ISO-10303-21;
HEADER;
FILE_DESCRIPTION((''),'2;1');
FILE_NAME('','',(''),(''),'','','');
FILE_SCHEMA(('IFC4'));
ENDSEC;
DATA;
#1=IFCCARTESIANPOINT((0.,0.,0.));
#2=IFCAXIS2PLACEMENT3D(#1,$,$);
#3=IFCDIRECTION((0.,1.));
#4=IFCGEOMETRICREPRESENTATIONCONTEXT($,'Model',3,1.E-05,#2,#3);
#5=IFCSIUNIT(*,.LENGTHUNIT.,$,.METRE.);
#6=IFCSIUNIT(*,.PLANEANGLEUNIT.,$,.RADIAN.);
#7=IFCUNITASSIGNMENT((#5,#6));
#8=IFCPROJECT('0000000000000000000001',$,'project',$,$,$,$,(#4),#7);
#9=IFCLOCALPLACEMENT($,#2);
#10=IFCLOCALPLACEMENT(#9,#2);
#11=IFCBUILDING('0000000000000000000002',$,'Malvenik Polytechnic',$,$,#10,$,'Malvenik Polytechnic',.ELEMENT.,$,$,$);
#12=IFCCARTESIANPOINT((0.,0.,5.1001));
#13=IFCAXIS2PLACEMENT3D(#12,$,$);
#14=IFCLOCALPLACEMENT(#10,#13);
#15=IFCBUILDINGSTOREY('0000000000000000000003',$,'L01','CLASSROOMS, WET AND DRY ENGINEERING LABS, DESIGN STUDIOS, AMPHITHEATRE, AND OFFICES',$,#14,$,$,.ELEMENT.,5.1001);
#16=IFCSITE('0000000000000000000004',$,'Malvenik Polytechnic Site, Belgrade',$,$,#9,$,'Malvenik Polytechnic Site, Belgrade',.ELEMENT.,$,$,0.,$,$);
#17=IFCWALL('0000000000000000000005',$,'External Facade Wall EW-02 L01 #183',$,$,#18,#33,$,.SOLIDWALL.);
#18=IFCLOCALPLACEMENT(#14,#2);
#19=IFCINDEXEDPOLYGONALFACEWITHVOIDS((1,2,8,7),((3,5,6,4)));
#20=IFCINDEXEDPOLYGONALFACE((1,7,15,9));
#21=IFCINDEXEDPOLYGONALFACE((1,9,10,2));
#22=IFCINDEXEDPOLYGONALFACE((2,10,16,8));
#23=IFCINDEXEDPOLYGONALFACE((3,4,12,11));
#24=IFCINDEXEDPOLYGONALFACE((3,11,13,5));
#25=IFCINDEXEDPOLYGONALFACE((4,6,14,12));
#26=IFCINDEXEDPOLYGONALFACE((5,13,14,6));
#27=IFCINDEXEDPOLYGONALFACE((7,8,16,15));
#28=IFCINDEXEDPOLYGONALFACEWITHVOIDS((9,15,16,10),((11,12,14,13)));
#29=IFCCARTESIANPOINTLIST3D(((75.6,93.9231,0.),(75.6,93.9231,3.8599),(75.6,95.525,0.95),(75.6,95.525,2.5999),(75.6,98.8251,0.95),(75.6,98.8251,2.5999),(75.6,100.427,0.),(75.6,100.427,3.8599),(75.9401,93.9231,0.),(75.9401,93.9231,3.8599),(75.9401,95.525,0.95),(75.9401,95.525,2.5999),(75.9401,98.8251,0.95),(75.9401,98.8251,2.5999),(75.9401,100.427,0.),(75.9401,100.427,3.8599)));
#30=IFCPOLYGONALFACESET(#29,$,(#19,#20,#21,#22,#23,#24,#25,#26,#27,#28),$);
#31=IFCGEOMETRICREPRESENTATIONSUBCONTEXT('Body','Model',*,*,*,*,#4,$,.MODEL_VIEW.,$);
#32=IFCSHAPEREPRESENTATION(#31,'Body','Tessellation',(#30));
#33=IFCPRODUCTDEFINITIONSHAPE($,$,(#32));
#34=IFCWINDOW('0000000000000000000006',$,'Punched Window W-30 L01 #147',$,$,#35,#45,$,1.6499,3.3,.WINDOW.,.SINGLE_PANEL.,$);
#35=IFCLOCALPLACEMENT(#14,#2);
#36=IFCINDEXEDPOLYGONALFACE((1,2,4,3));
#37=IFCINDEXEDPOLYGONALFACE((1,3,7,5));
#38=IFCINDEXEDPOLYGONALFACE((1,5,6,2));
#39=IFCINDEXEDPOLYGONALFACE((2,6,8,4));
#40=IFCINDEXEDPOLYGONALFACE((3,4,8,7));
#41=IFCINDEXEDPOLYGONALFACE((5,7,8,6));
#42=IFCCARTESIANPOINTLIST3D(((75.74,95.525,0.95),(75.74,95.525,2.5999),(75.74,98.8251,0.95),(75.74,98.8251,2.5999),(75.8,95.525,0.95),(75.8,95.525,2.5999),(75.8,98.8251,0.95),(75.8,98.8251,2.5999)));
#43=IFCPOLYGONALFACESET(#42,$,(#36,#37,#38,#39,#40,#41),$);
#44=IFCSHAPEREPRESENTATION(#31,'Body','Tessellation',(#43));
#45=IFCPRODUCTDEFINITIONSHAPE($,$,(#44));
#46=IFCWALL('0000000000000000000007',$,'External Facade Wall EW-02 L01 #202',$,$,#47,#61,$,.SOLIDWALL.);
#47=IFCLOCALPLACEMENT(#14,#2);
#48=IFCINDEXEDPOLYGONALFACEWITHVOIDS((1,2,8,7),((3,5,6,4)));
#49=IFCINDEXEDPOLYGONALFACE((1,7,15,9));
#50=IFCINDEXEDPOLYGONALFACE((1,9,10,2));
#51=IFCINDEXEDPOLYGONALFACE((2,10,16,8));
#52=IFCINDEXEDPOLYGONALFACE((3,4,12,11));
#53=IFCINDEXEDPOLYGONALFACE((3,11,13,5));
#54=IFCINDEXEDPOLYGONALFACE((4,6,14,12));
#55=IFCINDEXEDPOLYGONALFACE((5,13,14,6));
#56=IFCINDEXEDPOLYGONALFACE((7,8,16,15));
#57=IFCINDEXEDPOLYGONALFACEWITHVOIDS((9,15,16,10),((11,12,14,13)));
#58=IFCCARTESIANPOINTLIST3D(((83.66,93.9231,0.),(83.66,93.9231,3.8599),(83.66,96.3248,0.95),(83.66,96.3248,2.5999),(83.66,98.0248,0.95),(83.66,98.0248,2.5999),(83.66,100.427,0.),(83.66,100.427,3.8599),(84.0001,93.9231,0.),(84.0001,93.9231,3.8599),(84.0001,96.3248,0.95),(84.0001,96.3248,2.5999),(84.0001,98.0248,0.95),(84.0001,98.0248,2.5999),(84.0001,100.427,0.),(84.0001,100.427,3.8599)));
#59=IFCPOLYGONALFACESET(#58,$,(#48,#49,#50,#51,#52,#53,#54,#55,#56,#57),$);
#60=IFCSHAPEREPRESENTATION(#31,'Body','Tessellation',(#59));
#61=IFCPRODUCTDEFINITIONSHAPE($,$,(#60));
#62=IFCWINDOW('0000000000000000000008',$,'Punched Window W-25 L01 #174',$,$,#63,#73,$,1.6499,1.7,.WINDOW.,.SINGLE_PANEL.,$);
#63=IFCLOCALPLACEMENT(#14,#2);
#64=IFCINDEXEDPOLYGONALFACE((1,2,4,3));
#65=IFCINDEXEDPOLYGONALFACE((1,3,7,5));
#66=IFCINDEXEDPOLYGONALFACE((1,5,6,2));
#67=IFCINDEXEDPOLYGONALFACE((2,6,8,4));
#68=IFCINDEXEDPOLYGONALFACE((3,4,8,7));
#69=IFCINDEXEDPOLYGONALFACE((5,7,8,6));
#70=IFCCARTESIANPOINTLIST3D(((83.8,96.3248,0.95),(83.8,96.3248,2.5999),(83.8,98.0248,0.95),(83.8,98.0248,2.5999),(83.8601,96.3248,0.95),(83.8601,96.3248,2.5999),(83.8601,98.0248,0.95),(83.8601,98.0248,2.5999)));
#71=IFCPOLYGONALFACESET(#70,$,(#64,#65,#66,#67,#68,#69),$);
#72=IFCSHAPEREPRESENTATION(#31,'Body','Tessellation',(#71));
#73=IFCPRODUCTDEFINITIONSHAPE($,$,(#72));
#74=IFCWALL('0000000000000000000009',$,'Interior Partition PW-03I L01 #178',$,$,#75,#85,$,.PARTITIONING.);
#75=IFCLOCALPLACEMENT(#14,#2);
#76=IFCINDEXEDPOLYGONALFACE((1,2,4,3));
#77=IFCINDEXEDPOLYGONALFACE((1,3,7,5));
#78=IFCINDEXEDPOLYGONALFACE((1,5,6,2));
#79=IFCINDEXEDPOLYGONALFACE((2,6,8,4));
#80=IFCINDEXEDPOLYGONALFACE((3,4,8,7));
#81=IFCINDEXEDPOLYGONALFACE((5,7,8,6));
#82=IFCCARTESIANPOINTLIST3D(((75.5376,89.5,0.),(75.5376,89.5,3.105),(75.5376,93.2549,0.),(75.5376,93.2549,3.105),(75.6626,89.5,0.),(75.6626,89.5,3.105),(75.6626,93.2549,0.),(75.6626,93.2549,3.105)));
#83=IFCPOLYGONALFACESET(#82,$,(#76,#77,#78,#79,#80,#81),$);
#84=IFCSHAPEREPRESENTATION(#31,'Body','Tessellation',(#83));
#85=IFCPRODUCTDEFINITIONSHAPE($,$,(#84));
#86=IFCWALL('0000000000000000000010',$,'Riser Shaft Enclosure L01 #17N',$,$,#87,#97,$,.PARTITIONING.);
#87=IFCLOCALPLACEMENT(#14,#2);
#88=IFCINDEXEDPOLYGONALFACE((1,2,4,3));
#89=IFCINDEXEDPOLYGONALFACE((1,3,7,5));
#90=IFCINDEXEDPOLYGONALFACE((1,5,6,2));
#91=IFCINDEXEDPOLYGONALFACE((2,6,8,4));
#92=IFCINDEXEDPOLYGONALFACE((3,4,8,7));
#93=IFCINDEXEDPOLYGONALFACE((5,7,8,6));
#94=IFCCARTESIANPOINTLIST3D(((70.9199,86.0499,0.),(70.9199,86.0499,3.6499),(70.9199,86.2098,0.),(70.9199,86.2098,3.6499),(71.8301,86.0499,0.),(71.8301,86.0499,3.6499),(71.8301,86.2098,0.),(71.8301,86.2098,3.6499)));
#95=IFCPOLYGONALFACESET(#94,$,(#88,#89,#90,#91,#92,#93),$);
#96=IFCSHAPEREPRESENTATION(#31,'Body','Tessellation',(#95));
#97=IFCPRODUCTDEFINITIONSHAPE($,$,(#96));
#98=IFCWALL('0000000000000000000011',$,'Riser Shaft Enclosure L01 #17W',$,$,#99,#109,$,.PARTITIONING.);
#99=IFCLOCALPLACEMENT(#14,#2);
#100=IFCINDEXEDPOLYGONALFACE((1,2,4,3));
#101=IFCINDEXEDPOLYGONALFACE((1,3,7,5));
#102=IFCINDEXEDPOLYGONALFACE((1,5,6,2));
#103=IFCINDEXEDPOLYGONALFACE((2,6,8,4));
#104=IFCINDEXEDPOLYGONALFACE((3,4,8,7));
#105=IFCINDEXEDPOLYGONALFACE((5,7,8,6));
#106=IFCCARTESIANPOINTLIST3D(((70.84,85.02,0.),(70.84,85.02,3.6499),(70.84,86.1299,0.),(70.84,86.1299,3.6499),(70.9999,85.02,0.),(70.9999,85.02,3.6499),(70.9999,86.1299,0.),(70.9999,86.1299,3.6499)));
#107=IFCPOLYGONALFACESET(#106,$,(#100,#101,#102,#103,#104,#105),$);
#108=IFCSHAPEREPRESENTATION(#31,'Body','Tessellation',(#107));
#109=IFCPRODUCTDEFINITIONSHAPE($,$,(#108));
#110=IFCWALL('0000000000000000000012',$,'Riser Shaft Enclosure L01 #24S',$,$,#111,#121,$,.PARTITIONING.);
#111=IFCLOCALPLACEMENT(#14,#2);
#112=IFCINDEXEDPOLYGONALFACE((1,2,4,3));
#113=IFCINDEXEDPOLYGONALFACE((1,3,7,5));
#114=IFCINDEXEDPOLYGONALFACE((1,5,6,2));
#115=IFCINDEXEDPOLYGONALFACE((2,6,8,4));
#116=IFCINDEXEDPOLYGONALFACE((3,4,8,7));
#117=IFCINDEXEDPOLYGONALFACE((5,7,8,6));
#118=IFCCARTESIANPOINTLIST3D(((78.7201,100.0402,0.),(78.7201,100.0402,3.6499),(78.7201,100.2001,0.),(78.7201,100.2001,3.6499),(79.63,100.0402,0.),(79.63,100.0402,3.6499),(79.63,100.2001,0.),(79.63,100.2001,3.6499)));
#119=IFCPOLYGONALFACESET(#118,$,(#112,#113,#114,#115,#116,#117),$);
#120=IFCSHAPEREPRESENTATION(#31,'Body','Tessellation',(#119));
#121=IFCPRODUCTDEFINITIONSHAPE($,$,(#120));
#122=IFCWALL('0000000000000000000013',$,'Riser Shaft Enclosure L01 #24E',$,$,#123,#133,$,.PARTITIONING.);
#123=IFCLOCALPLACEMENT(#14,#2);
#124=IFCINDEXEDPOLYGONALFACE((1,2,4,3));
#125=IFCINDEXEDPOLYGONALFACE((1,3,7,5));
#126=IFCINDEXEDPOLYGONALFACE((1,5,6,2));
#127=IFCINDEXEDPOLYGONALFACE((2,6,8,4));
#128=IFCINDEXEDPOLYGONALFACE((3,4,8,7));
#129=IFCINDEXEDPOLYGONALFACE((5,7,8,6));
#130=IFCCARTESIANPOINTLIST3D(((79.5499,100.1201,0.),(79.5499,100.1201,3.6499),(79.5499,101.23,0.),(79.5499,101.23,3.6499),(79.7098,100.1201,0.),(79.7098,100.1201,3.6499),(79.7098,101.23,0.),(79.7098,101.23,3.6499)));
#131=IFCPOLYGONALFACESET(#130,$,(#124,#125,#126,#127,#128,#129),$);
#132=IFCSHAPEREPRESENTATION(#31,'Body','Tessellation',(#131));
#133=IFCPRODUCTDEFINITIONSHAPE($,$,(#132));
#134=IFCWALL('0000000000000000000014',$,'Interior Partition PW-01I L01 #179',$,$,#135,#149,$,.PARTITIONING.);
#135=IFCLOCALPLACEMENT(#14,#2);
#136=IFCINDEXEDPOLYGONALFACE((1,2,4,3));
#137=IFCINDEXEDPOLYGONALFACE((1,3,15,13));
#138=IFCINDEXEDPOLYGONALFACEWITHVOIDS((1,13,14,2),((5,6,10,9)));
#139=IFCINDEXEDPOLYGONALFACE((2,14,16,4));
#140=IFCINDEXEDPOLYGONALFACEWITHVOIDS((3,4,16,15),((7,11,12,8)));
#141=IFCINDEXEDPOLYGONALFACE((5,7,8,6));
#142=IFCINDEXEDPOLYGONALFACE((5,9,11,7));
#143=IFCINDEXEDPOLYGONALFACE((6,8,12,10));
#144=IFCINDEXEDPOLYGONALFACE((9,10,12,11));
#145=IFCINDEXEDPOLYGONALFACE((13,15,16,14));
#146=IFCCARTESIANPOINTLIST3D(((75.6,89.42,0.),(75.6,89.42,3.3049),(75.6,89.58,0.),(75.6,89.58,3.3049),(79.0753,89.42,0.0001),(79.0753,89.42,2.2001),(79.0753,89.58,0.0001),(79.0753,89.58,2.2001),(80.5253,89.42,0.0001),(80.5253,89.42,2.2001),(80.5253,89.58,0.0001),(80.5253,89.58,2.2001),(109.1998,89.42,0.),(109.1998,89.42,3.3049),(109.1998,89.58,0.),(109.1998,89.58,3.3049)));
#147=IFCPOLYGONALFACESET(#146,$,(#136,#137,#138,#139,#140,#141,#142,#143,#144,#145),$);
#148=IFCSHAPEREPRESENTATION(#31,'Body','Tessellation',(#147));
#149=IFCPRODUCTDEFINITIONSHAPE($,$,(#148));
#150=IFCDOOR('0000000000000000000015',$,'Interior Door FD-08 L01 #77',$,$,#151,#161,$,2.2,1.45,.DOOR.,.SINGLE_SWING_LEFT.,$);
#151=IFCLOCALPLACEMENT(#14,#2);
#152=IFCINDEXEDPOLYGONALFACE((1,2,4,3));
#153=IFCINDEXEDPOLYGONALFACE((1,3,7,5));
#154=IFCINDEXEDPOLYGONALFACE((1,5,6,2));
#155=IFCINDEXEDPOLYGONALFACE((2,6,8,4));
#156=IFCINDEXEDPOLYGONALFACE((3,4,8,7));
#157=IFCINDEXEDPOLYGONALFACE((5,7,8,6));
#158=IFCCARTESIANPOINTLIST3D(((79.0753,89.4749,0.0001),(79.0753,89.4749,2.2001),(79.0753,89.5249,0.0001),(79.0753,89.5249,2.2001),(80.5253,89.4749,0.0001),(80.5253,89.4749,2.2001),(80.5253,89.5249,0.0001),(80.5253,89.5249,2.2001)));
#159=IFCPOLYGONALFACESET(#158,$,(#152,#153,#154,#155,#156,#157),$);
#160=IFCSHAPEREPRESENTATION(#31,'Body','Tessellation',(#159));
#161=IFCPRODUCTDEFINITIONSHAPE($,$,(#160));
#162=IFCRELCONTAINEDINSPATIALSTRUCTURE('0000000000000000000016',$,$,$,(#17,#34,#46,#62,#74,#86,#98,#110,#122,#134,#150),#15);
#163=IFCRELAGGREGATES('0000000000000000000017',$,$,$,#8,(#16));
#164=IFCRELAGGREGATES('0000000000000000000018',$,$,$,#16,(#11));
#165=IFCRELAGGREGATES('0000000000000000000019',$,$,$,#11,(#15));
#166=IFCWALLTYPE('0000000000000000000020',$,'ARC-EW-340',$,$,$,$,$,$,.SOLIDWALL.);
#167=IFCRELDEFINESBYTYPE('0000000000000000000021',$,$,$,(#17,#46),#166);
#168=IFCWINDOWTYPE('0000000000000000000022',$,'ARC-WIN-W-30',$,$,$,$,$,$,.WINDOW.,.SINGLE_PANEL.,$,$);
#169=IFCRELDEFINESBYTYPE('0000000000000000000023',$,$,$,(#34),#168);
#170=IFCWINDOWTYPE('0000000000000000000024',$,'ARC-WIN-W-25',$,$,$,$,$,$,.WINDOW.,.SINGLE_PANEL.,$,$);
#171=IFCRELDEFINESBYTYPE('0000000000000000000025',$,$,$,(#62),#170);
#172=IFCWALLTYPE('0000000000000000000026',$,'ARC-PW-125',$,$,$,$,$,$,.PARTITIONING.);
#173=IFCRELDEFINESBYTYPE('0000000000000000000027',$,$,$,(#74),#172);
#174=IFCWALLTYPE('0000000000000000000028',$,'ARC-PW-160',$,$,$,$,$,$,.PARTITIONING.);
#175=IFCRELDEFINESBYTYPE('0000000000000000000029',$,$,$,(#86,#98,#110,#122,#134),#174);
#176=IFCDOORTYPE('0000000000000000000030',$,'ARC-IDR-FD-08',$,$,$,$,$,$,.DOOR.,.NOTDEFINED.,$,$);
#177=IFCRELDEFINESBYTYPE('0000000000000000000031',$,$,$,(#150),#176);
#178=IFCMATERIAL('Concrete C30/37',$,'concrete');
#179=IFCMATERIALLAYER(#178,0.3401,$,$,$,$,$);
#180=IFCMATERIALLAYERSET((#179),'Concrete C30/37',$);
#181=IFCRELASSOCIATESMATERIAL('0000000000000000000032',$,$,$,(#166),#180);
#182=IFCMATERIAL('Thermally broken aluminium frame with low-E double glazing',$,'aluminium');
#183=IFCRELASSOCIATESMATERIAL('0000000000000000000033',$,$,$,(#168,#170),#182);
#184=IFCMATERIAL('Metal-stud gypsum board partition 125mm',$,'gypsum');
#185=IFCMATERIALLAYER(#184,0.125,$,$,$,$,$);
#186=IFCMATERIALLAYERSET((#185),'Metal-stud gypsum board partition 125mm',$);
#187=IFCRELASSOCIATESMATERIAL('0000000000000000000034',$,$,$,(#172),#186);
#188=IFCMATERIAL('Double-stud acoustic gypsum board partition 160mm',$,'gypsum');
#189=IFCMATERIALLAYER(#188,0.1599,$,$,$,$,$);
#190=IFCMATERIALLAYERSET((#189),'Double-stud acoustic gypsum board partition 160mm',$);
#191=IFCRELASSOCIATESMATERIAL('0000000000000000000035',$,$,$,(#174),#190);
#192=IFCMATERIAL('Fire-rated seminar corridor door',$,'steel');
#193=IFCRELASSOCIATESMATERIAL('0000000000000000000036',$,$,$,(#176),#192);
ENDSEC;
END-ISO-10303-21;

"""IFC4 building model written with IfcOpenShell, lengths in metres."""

from ifc_helpers import new_model, si_unit, direction, frame, frame_2d, origin, place, context, subcontext, project, spatial, rectangle, extrude, material, layer, layer_set, type_object, element, fill, save


model = new_model("IFC4")

# Units and contexts
model_context = context("Model", 3, precision=1e-05, world=origin(), true_north=direction((0.0, 1.0)))
body_context = subcontext(model_context, "Body", "Model", "MODEL_VIEW")
ifc_project = project(units=[si_unit("LENGTHUNIT", "METRE"), si_unit("PLANEANGLEUNIT", "RADIAN")], contexts=[model_context])

# Site, building, storey
site_placement = place(None, origin())
site = spatial("IfcSite", under=ifc_project, at=site_placement, Name="Malvenik Polytechnic Site, Belgrade", LongName="Malvenik Polytechnic Site, Belgrade", CompositionType="ELEMENT", RefElevation=0.0)
building_placement = place(site_placement, origin())
building = spatial("IfcBuilding", under=site, at=building_placement, Name="Malvenik Polytechnic", LongName="Malvenik Polytechnic", CompositionType="ELEMENT")
storey_placement = place(building_placement, frame((0.0, 0.0, 5.1001)))
storey = spatial("IfcBuildingStorey", under=building, at=storey_placement, Name="L01", Description="CLASSROOMS, WET AND DRY ENGINEERING LABS, DESIGN STUDIOS, AMPHITHEATRE, AND OFFICES", CompositionType="ELEMENT", Elevation=5.1001)

# Walls, openings, windows
ifc_material_1 = material(Name="Concrete C30/37", Category="concrete")
ifc_layer_1 = layer(ifc_material_1, 0.3401)
ifc_layer_set_1 = layer_set([ifc_layer_1], Name="Concrete C30/37")
wall_type_1 = type_object("IfcWallType", Name="ARC-EW-340", PredefinedType="SOLIDWALL", material=ifc_layer_set_1)
ifc_material_2 = material(Name="Thermally broken aluminium frame with low-E double glazing", Category="aluminium")
wall_1_placement = place(storey_placement, frame((75.77, 93.9231, 0.0), z_axis=(0.0, 0.0, 1.0), x_axis=(0.0, 1.0, 0.0)))
wall_1 = element("IfcWall", 1, at=wall_1_placement, inside=storey, type_object=wall_type_1, Name="External Facade Wall EW-02 L01 #183", PredefinedType="SOLIDWALL", context=body_context, shape_type="SweptSolid", body=[
    extrude(rectangle(XDim=6.5039, YDim=0.3401, at=frame_2d((3.252, 0.0))), origin(), (0.0, 0.0, 1.0), 3.8599),
])
opening_1_placement = place(wall_1_placement, frame((1.6021, 0.0, 0.95)))
opening_1 = element("IfcOpeningElement", 2, at=opening_1_placement, cuts=wall_1, PredefinedType="OPENING", context=body_context, shape_type="SweptSolid", body=[
    extrude(rectangle(XDim=3.3, YDim=1.6499, at=frame_2d((1.6499, 0.825))), frame((0.0, 0.1802, 0.0), z_axis=(0.0, -1.0, 0.0), x_axis=(1.0, 0.0, 0.0)), (0.0, 0.0, 1.0), 0.3601),
])
window_type_1 = type_object("IfcWindowType", Name="ARC-WIN-W-30", PartitioningType="SINGLE_PANEL", PredefinedType="WINDOW", material=ifc_material_2)
window_1_placement = place(opening_1_placement, origin())
window_1 = element("IfcWindow", 3, at=window_1_placement, inside=storey, type_object=window_type_1, Name="Punched Window W-30 L01 #147", OverallHeight=1.6499, OverallWidth=3.3, PartitioningType="SINGLE_PANEL", PredefinedType="WINDOW", context=body_context, shape_type="SweptSolid", body=[
    extrude(rectangle(XDim=3.3, YDim=1.6499, at=frame_2d((1.6499, 0.825))), frame((0.0, 0.03, 0.0), z_axis=(0.0, -1.0, 0.0), x_axis=(1.0, 0.0, 0.0)), (0.0, 0.0, 1.0), 0.0601),
])
fill(opening_1, window_1)
wall_2_placement = place(storey_placement, frame((83.8301, 100.427, 0.0), z_axis=(0.0, 0.0, 1.0), x_axis=(0.0, -1.0, 0.0)))
wall_2 = element("IfcWall", 4, at=wall_2_placement, inside=storey, type_object=wall_type_1, Name="External Facade Wall EW-02 L01 #202", PredefinedType="SOLIDWALL", context=body_context, shape_type="SweptSolid", body=[
    extrude(rectangle(XDim=6.5039, YDim=0.3401, at=frame_2d((3.252, 0.0))), origin(), (0.0, 0.0, 1.0), 3.8599),
])
opening_2_placement = place(wall_2_placement, frame((2.4021, 0.0, 0.95)))
opening_2 = element("IfcOpeningElement", 5, at=opening_2_placement, cuts=wall_2, PredefinedType="OPENING", context=body_context, shape_type="SweptSolid", body=[
    extrude(rectangle(XDim=1.7, YDim=1.6499, at=frame_2d((0.8501, 0.825))), frame((0.0, 0.1802, 0.0), z_axis=(0.0, -1.0, 0.0), x_axis=(1.0, 0.0, 0.0)), (0.0, 0.0, 1.0), 0.3601),
])
window_type_2 = type_object("IfcWindowType", Name="ARC-WIN-W-25", PartitioningType="SINGLE_PANEL", PredefinedType="WINDOW", material=ifc_material_2)
window_2_placement = place(opening_2_placement, origin())
window_2 = element("IfcWindow", 6, at=window_2_placement, inside=storey, type_object=window_type_2, Name="Punched Window W-25 L01 #174", OverallHeight=1.6499, OverallWidth=1.7, PartitioningType="SINGLE_PANEL", PredefinedType="WINDOW", context=body_context, shape_type="SweptSolid", body=[
    extrude(rectangle(XDim=1.7, YDim=1.6499, at=frame_2d((0.8501, 0.825))), frame((0.0, 0.03, 0.0), z_axis=(0.0, -1.0, 0.0), x_axis=(1.0, 0.0, 0.0)), (0.0, 0.0, 1.0), 0.0601),
])
fill(opening_2, window_2)

# Walls
ifc_material_3 = material(Name="Metal-stud gypsum board partition 125mm", Category="gypsum")
ifc_layer_2 = layer(ifc_material_3, 0.125)
ifc_layer_set_2 = layer_set([ifc_layer_2], Name="Metal-stud gypsum board partition 125mm")
wall_type_2 = type_object("IfcWallType", Name="ARC-PW-125", PredefinedType="PARTITIONING", material=ifc_layer_set_2)
wall_3_placement = place(storey_placement, frame((75.6001, 89.5, 0.0), z_axis=(0.0, 0.0, 1.0), x_axis=(0.0, 1.0, 0.0)))
element("IfcWall", 7, at=wall_3_placement, inside=storey, type_object=wall_type_2, Name="Interior Partition PW-03I L01 #178", PredefinedType="PARTITIONING", context=body_context, shape_type="SweptSolid", body=[
    extrude(rectangle(XDim=3.7549, YDim=0.125, at=frame_2d((1.8774, 0.0))), origin(), (0.0, 0.0, 1.0), 3.105),
])
ifc_material_4 = material(Name="Double-stud acoustic gypsum board partition 160mm", Category="gypsum")
ifc_layer_3 = layer(ifc_material_4, 0.1599)
ifc_layer_set_3 = layer_set([ifc_layer_3], Name="Double-stud acoustic gypsum board partition 160mm")
wall_type_3 = type_object("IfcWallType", Name="ARC-PW-160", PredefinedType="PARTITIONING", material=ifc_layer_set_3)
wall_4_placement = place(storey_placement, frame((71.8301, 86.1299, 0.0), z_axis=(0.0, 0.0, 1.0), x_axis=(-1.0, 0.0, 0.0)))
element("IfcWall", 8, at=wall_4_placement, inside=storey, type_object=wall_type_3, Name="Riser Shaft Enclosure L01 #17N", PredefinedType="PARTITIONING", context=body_context, shape_type="SweptSolid", body=[
    extrude(rectangle(XDim=0.9102, YDim=0.1599, at=frame_2d((0.4551, 0.0))), origin(), (0.0, 0.0, 1.0), 3.6499),
])
wall_5_placement = place(storey_placement, frame((70.9199, 86.1299, 0.0), z_axis=(0.0, 0.0, 1.0), x_axis=(0.0, -1.0, 0.0)))
element("IfcWall", 9, at=wall_5_placement, inside=storey, type_object=wall_type_3, Name="Riser Shaft Enclosure L01 #17W", PredefinedType="PARTITIONING", context=body_context, shape_type="SweptSolid", body=[
    extrude(rectangle(XDim=1.1099, YDim=0.1599, at=frame_2d((0.5549, 0.0))), origin(), (0.0, 0.0, 1.0), 3.6499),
])
wall_6_placement = place(storey_placement, frame((78.72, 100.1201, 0.0), z_axis=(0.0, 0.0, 1.0), x_axis=(1.0, 0.0, 0.0)))
element("IfcWall", 10, at=wall_6_placement, inside=storey, type_object=wall_type_3, Name="Riser Shaft Enclosure L01 #24S", PredefinedType="PARTITIONING", context=body_context, shape_type="SweptSolid", body=[
    extrude(rectangle(XDim=0.9099, YDim=0.1599, at=frame_2d((0.4551, 0.0))), origin(), (0.0, 0.0, 1.0), 3.6499),
])
wall_7_placement = place(storey_placement, frame((79.6299, 100.1201, 0.0), z_axis=(0.0, 0.0, 1.0), x_axis=(0.0, 1.0, 0.0)))
element("IfcWall", 11, at=wall_7_placement, inside=storey, type_object=wall_type_3, Name="Riser Shaft Enclosure L01 #24E", PredefinedType="PARTITIONING", context=body_context, shape_type="SweptSolid", body=[
    extrude(rectangle(XDim=1.1099, YDim=0.1599, at=frame_2d((0.5549, 0.0))), origin(), (0.0, 0.0, 1.0), 3.6499),
])

# Wall, opening, door
wall_8_placement = place(storey_placement, frame((75.6001, 89.5, 0.0), z_axis=(0.0, 0.0, 1.0), x_axis=(1.0, 0.0, 0.0)))
wall_8 = element("IfcWall", 12, at=wall_8_placement, inside=storey, type_object=wall_type_3, Name="Interior Partition PW-01I L01 #179", PredefinedType="PARTITIONING", context=body_context, shape_type="SweptSolid", body=[
    extrude(rectangle(XDim=33.5999, YDim=0.1599, at=frame_2d((16.7998, 0.0))), origin(), (0.0, 0.0, 1.0), 3.3049),
])
opening_3_placement = place(wall_8_placement, frame((3.4751, 0.0, 0.0)))
opening_3 = element("IfcOpeningElement", 13, at=opening_3_placement, cuts=wall_8, PredefinedType="OPENING", context=body_context, shape_type="SweptSolid", body=[
    extrude(rectangle(XDim=1.45, YDim=2.2, at=frame_2d((0.7251, 1.1001))), frame((0.0, 0.0898, 0.0), z_axis=(0.0, -1.0, 0.0), x_axis=(1.0, 0.0, 0.0)), (0.0, 0.0, 1.0), 0.1799),
])
ifc_material_5 = material(Name="Fire-rated seminar corridor door", Category="steel")
door_type_1 = type_object("IfcDoorType", Name="ARC-IDR-FD-08", OperationType="NOTDEFINED", PredefinedType="DOOR", material=ifc_material_5)
door_1_placement = place(opening_3_placement, origin())
door_1 = element("IfcDoor", 14, at=door_1_placement, inside=storey, type_object=door_type_1, Name="Interior Door FD-08 L01 #77", OperationType="SINGLE_SWING_LEFT", OverallHeight=2.2, OverallWidth=1.45, PredefinedType="DOOR", context=body_context, shape_type="SweptSolid", body=[
    extrude(rectangle(XDim=1.45, YDim=2.2, at=frame_2d((0.7251, 1.1001))), frame((0.0, 0.0249, 0.0), z_axis=(0.0, -1.0, 0.0), x_axis=(1.0, 0.0, 0.0)), (0.0, 0.0, 1.0), 0.05),
])
fill(opening_3, door_1)

save(model, "model.ifc")
